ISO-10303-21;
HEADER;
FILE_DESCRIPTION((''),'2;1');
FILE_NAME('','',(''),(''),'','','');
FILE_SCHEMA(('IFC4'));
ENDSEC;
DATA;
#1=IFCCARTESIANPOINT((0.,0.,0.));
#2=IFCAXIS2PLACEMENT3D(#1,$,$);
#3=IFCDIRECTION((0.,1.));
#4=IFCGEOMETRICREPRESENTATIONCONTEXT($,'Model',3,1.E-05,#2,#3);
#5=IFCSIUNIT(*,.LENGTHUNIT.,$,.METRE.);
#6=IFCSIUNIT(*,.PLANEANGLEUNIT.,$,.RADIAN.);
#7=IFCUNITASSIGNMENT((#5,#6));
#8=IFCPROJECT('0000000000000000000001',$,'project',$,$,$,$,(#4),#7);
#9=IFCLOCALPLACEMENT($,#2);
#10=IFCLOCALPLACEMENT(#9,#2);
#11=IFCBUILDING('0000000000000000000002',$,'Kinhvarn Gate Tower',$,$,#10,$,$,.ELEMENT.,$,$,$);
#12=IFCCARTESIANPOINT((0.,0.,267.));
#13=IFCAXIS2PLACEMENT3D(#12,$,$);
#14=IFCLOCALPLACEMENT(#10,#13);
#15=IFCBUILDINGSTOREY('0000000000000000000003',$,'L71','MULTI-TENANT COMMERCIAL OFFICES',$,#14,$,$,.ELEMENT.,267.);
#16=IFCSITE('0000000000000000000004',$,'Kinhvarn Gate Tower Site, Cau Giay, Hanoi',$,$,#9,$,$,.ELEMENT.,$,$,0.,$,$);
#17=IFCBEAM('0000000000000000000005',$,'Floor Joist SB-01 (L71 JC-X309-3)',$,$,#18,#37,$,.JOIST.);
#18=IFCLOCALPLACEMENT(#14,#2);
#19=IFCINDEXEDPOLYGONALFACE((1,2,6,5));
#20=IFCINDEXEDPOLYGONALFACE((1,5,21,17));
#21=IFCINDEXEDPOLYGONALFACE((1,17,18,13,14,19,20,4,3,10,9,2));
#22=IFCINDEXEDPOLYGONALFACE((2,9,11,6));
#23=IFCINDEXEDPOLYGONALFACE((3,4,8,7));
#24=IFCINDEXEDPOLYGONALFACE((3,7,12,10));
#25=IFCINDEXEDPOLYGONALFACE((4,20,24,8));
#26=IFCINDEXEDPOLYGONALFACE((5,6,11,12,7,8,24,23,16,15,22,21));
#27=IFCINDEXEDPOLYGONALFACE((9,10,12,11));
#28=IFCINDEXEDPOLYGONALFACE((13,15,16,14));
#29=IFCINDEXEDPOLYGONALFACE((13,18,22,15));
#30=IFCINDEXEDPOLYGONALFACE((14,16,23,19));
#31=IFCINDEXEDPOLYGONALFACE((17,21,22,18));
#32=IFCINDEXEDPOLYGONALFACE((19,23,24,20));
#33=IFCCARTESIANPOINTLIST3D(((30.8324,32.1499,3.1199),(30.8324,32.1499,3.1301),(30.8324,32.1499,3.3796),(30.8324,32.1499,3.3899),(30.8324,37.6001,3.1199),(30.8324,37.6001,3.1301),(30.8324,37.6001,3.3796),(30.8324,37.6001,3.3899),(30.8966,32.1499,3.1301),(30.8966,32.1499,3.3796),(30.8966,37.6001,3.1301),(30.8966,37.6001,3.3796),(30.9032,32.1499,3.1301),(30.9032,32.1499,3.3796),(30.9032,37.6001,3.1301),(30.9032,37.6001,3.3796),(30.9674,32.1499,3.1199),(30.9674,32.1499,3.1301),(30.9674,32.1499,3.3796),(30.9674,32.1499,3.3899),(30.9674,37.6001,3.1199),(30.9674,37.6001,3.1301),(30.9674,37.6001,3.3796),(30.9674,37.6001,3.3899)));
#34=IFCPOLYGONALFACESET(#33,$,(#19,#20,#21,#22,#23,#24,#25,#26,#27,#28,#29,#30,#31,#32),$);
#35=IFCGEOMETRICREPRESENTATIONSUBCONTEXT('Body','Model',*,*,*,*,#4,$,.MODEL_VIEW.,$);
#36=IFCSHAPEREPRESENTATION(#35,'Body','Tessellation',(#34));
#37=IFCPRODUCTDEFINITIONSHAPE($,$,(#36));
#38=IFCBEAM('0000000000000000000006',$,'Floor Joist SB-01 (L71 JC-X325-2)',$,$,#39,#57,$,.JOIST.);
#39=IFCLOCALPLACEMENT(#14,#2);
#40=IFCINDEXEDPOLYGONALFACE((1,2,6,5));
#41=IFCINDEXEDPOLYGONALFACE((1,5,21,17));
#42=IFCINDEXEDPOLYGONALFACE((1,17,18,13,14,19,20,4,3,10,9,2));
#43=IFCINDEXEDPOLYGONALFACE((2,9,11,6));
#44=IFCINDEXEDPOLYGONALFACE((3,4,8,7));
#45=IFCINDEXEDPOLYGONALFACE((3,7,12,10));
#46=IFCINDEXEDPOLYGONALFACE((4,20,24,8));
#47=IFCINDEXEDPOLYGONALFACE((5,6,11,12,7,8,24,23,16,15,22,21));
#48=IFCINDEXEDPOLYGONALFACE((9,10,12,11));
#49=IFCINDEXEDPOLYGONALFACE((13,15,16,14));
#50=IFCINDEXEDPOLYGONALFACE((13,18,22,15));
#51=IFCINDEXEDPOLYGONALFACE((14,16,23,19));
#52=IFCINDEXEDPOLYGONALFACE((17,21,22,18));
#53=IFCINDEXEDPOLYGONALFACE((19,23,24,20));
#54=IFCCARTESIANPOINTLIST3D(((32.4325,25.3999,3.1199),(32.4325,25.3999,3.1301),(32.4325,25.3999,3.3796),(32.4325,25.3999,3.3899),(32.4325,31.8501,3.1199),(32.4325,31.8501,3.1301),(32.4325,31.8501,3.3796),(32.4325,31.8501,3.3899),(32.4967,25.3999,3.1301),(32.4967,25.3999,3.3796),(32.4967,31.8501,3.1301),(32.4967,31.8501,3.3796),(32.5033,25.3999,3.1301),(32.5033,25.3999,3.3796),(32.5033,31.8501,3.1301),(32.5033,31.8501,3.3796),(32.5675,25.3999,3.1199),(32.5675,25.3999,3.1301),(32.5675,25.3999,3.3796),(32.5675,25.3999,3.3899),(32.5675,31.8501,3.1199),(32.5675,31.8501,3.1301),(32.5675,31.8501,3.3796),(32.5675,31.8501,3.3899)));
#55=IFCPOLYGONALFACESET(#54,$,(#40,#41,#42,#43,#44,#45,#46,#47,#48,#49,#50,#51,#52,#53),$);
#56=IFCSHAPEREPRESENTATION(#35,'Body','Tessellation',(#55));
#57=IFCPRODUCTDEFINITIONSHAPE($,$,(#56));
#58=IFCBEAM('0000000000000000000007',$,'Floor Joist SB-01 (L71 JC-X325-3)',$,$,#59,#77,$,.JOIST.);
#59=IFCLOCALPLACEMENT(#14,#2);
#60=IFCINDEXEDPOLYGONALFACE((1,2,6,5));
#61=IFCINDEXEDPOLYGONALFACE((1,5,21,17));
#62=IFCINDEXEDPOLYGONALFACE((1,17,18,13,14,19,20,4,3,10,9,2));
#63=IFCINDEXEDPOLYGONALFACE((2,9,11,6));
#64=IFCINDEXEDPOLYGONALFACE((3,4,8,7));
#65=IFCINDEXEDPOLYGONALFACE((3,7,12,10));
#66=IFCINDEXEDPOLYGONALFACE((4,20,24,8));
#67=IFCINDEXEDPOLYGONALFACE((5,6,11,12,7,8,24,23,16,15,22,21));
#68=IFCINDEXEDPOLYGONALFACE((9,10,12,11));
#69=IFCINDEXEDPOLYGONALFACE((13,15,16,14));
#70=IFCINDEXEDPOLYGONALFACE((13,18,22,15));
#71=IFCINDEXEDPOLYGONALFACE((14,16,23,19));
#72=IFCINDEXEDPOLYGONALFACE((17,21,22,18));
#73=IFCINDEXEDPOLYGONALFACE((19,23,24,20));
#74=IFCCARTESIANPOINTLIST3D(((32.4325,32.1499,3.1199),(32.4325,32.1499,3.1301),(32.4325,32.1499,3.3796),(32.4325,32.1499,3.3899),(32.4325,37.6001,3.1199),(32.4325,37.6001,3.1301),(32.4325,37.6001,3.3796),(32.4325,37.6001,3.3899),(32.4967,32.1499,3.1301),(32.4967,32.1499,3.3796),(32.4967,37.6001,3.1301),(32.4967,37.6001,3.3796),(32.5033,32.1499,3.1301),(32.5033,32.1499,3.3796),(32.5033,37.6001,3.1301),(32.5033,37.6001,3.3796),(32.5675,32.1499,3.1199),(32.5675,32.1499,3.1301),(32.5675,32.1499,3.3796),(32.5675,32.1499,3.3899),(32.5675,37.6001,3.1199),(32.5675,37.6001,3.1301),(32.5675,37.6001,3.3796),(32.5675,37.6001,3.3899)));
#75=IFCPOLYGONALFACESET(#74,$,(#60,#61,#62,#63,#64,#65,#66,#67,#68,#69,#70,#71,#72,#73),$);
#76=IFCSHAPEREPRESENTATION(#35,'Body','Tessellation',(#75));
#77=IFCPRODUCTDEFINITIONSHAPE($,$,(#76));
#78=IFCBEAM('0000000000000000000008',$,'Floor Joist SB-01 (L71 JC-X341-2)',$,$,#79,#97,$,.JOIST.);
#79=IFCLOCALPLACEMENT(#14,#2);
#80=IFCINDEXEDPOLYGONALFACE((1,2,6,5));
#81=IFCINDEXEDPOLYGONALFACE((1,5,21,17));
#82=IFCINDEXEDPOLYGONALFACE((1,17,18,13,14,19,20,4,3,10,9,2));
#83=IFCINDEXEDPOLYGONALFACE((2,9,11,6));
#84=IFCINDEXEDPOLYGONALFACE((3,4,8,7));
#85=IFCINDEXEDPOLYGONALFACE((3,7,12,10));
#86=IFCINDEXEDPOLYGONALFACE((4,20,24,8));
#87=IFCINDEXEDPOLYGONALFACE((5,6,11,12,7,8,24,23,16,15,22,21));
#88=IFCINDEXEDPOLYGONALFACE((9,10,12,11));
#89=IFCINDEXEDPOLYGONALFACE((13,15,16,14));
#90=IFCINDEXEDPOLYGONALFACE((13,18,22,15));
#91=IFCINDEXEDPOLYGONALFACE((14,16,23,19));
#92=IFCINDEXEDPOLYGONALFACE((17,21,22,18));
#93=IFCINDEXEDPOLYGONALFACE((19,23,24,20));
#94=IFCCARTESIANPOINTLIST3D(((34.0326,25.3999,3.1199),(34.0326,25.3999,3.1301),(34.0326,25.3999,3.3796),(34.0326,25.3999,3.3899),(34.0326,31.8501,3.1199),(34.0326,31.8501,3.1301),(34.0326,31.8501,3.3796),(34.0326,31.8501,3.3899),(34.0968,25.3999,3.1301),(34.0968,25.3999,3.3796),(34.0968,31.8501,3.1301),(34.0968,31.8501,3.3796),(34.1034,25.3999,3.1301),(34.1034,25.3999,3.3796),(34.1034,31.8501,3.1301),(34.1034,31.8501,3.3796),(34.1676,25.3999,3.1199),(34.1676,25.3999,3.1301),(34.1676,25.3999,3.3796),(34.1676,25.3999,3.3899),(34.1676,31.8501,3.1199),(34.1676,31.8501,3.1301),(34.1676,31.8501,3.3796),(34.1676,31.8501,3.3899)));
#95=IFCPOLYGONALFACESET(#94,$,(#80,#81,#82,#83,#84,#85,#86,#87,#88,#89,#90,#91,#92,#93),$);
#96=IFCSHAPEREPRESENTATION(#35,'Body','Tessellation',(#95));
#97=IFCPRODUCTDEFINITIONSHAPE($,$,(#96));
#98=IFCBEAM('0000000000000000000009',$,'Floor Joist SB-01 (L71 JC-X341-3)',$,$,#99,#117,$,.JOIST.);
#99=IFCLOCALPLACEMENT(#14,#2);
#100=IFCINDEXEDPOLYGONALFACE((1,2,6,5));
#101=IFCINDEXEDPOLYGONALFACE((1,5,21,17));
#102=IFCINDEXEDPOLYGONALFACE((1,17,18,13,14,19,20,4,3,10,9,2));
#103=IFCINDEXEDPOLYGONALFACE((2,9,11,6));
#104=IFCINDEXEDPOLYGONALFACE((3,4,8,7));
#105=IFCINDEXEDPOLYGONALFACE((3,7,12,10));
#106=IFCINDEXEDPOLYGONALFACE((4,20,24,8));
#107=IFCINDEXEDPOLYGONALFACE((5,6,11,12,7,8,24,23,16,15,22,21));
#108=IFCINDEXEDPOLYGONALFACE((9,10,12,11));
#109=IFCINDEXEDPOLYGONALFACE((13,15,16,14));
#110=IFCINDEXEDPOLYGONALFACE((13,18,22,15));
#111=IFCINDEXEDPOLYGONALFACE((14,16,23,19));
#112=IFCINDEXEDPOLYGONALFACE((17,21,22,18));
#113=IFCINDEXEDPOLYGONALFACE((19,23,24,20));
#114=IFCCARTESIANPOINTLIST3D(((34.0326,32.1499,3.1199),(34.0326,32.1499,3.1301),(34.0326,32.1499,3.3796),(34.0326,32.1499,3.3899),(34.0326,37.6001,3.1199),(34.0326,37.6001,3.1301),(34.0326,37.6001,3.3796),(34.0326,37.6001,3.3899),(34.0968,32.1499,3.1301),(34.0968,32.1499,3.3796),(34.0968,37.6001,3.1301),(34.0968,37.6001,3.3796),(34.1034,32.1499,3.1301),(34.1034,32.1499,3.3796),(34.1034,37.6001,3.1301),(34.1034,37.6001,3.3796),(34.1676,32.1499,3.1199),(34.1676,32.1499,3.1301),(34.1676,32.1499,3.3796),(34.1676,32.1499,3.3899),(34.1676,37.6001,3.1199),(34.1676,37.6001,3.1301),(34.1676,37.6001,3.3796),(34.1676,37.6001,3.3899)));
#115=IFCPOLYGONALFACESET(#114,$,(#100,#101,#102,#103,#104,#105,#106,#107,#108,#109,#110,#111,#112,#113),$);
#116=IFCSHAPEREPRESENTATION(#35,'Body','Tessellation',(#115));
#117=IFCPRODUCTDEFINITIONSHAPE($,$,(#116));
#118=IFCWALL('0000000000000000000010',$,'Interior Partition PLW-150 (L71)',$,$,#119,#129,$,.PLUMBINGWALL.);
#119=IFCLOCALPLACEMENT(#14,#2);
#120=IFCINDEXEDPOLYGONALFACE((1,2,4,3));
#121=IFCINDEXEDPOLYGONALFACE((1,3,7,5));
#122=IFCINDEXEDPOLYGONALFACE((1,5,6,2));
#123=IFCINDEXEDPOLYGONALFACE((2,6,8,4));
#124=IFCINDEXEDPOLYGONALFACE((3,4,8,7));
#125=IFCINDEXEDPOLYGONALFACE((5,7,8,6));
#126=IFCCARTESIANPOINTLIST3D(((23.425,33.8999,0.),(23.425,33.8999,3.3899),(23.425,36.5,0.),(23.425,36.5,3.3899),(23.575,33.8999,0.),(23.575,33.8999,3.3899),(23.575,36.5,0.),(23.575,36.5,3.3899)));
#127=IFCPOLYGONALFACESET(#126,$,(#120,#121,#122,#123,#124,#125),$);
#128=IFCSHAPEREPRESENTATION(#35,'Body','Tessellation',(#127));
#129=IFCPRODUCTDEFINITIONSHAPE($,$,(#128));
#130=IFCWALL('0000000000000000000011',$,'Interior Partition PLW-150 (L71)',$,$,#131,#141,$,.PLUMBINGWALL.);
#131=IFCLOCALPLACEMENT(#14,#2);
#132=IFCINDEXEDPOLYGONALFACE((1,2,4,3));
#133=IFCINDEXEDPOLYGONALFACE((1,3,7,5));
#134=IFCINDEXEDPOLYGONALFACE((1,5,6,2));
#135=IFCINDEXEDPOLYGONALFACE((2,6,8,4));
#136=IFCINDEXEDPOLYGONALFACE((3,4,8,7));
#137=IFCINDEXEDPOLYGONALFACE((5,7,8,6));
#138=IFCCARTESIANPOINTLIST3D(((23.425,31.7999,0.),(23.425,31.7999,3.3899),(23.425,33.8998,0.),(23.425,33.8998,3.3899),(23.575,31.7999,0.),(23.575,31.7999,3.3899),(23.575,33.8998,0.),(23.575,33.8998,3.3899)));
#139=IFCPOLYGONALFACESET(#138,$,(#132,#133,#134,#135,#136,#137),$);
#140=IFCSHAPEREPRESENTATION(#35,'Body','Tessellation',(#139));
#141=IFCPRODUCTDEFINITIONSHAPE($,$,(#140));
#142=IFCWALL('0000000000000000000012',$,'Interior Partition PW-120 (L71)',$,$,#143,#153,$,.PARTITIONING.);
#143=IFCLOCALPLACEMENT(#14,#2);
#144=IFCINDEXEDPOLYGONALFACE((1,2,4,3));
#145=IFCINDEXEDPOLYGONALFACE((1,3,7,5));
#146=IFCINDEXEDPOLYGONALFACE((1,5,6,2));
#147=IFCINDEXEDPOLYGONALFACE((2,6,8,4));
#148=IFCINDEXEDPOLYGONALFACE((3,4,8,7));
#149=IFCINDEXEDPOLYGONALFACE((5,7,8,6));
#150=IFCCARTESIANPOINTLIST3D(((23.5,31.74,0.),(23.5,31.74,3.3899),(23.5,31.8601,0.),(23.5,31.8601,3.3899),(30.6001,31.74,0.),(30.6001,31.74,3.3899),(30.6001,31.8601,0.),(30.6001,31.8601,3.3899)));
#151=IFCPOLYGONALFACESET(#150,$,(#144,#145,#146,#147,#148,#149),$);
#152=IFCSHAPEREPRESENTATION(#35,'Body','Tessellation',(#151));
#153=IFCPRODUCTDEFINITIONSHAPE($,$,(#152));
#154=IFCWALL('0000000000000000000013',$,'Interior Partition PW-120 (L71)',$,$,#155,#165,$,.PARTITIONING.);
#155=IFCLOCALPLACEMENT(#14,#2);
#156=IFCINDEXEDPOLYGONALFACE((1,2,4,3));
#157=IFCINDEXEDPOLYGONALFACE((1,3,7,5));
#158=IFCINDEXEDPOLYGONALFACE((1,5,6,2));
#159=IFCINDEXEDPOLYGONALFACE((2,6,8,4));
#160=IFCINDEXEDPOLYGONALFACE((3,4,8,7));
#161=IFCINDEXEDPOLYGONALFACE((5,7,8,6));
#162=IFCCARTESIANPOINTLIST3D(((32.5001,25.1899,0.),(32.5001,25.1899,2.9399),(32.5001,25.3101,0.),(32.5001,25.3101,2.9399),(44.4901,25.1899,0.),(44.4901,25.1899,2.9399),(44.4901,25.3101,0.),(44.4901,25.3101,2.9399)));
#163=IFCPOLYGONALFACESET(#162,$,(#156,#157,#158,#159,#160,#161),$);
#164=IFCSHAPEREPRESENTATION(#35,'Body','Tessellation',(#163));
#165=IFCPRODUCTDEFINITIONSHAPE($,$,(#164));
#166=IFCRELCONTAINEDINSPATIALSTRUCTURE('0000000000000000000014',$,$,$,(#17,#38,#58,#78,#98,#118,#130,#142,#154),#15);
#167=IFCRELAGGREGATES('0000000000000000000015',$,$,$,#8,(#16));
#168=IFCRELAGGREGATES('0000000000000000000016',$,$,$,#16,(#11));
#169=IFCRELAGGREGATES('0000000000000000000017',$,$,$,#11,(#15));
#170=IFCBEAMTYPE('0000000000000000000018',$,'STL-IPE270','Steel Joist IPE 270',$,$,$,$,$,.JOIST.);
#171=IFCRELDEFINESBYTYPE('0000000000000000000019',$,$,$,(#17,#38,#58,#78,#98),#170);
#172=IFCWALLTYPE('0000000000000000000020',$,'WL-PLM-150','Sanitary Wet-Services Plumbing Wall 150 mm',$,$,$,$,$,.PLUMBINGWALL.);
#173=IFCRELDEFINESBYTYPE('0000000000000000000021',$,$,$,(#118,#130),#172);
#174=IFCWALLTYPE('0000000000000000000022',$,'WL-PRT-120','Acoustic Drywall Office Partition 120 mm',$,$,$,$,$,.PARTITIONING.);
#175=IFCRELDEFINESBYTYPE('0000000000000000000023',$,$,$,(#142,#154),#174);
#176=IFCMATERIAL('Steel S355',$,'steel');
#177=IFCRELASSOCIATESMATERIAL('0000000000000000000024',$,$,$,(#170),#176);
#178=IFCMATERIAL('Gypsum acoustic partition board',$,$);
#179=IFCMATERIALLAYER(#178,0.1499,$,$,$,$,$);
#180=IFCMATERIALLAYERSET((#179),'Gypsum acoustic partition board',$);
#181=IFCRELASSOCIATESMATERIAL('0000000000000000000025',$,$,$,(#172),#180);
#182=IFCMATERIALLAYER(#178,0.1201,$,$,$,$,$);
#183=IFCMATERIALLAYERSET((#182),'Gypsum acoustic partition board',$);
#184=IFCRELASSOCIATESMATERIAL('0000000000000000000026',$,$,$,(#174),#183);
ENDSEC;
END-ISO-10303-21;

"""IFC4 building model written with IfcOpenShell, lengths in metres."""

from ifc_helpers import new_model, si_unit, direction, frame, frame_2d, origin, origin_2d, place, context, subcontext, project, spatial, rectangle, i_section, extrude, material, layer, layer_set, material_profile, profile_set, type_object, element, save


model = new_model("IFC4")

# Units and contexts
model_context = context("Model", 3, precision=1e-05, world=origin(), true_north=direction((0.0, 1.0)))
body_context = subcontext(model_context, "Body", "Model", "MODEL_VIEW")
ifc_project = project(units=[si_unit("LENGTHUNIT", "METRE"), si_unit("PLANEANGLEUNIT", "RADIAN")], contexts=[model_context])

# Site, building, storey
site_placement = place(None, origin())
site = spatial("IfcSite", under=ifc_project, at=site_placement, Name="Kinhvarn Gate Tower Site, Cau Giay, Hanoi", CompositionType="ELEMENT", RefElevation=0.0)
building_placement = place(site_placement, origin())
building = spatial("IfcBuilding", under=site, at=building_placement, Name="Kinhvarn Gate Tower", CompositionType="ELEMENT")
storey_placement = place(building_placement, frame((0.0, 0.0, 267.0)))
storey = spatial("IfcBuildingStorey", under=building, at=storey_placement, Name="L71", Description="MULTI-TENANT COMMERCIAL OFFICES", CompositionType="ELEMENT", Elevation=267.0)

# Beams
ifc_material_1 = material(Name="Steel S355", Category="steel")
ifc_material_profile = material_profile(ifc_material_1, i_section(OverallWidth=0.135, OverallDepth=0.27, WebThickness=0.0066, FlangeThickness=0.0103, at=origin_2d()), Name="IPE 270")
ifc_profile_set = profile_set([ifc_material_profile], Name="Steel S355")
beam_type = type_object("IfcBeamType", Name="STL-IPE270", Description="Steel Joist IPE 270", PredefinedType="JOIST", material=ifc_profile_set)
beam_1_placement = place(storey_placement, frame((30.8999, 32.1499, 3.2549), z_axis=(0.0, 1.0, 0.0), x_axis=(-1.0, 0.0, 0.0)))
element("IfcBeam", 1, at=beam_1_placement, inside=storey, type_object=beam_type, Name="Floor Joist SB-01 (L71 JC-X309-3)", PredefinedType="JOIST", context=body_context, shape_type="SweptSolid", body=[
    extrude(i_section(OverallWidth=0.135, OverallDepth=0.27, WebThickness=0.0066, FlangeThickness=0.0103, at=origin_2d()), origin(), (0.0, 0.0, 1.0), 5.4502),
])
beam_2_placement = place(storey_placement, frame((32.5, 25.3999, 3.2549), z_axis=(0.0, 1.0, 0.0), x_axis=(-1.0, 0.0, 0.0)))
element("IfcBeam", 2, at=beam_2_placement, inside=storey, type_object=beam_type, Name="Floor Joist SB-01 (L71 JC-X325-2)", PredefinedType="JOIST", context=body_context, shape_type="SweptSolid", body=[
    extrude(i_section(OverallWidth=0.135, OverallDepth=0.27, WebThickness=0.0066, FlangeThickness=0.0103, at=origin_2d()), origin(), (0.0, 0.0, 1.0), 6.4502),
])
beam_3_placement = place(storey_placement, frame((32.5, 32.1499, 3.2549), z_axis=(0.0, 1.0, 0.0), x_axis=(-1.0, 0.0, 0.0)))
element("IfcBeam", 3, at=beam_3_placement, inside=storey, type_object=beam_type, Name="Floor Joist SB-01 (L71 JC-X325-3)", PredefinedType="JOIST", context=body_context, shape_type="SweptSolid", body=[
    extrude(i_section(OverallWidth=0.135, OverallDepth=0.27, WebThickness=0.0066, FlangeThickness=0.0103, at=origin_2d()), origin(), (0.0, 0.0, 1.0), 5.4502),
])
beam_4_placement = place(storey_placement, frame((34.1001, 25.3999, 3.2549), z_axis=(0.0, 1.0, 0.0), x_axis=(-1.0, 0.0, 0.0)))
element("IfcBeam", 4, at=beam_4_placement, inside=storey, type_object=beam_type, Name="Floor Joist SB-01 (L71 JC-X341-2)", PredefinedType="JOIST", context=body_context, shape_type="SweptSolid", body=[
    extrude(i_section(OverallWidth=0.135, OverallDepth=0.27, WebThickness=0.0066, FlangeThickness=0.0103, at=origin_2d()), origin(), (0.0, 0.0, 1.0), 6.4502),
])
beam_5_placement = place(storey_placement, frame((34.1001, 32.1499, 3.2549), z_axis=(0.0, 1.0, 0.0), x_axis=(-1.0, 0.0, 0.0)))
element("IfcBeam", 5, at=beam_5_placement, inside=storey, type_object=beam_type, Name="Floor Joist SB-01 (L71 JC-X341-3)", PredefinedType="JOIST", context=body_context, shape_type="SweptSolid", body=[
    extrude(i_section(OverallWidth=0.135, OverallDepth=0.27, WebThickness=0.0066, FlangeThickness=0.0103, at=origin_2d()), origin(), (0.0, 0.0, 1.0), 5.4502),
])

# Walls
ifc_material_2 = material(Name="Gypsum acoustic partition board")
ifc_layer_1 = layer(ifc_material_2, 0.1499)
ifc_layer_set_1 = layer_set([ifc_layer_1], Name="Gypsum acoustic partition board")
wall_type_1 = type_object("IfcWallType", Name="WL-PLM-150", Description="Sanitary Wet-Services Plumbing Wall 150 mm", PredefinedType="PLUMBINGWALL", material=ifc_layer_set_1)
wall_1_placement = place(storey_placement, frame((23.5, 33.8999, 0.0), z_axis=(0.0, 0.0, 1.0), x_axis=(0.0, 1.0, 0.0)))
element("IfcWall", 6, at=wall_1_placement, inside=storey, type_object=wall_type_1, Name="Interior Partition PLW-150 (L71)", PredefinedType="PLUMBINGWALL", context=body_context, shape_type="SweptSolid", body=[
    extrude(rectangle(XDim=2.6001, YDim=0.1499, at=frame_2d((1.3, 0.0))), origin(), (0.0, 0.0, 1.0), 3.3899),
])
wall_2_placement = place(storey_placement, frame((23.5, 31.8, 0.0), z_axis=(0.0, 0.0, 1.0), x_axis=(0.0, 1.0, 0.0)))
element("IfcWall", 7, at=wall_2_placement, inside=storey, type_object=wall_type_1, Name="Interior Partition PLW-150 (L71)", PredefinedType="PLUMBINGWALL", context=body_context, shape_type="SweptSolid", body=[
    extrude(rectangle(XDim=2.0999, YDim=0.1499, at=frame_2d((1.0498, 0.0))), origin(), (0.0, 0.0, 1.0), 3.3899),
])
ifc_layer_2 = layer(ifc_material_2, 0.1201)
ifc_layer_set_2 = layer_set([ifc_layer_2], Name="Gypsum acoustic partition board")
wall_type_2 = type_object("IfcWallType", Name="WL-PRT-120", Description="Acoustic Drywall Office Partition 120 mm", PredefinedType="PARTITIONING", material=ifc_layer_set_2)
wall_3_placement = place(storey_placement, frame((23.5, 31.8, 0.0), z_axis=(0.0, 0.0, 1.0), x_axis=(1.0, 0.0, 0.0)))
element("IfcWall", 8, at=wall_3_placement, inside=storey, type_object=wall_type_2, Name="Interior Partition PW-120 (L71)", PredefinedType="PARTITIONING", context=body_context, shape_type="SweptSolid", body=[
    extrude(rectangle(XDim=7.1001, YDim=0.1201, at=frame_2d((3.55, 0.0))), origin(), (0.0, 0.0, 1.0), 3.3899),
])
wall_4_placement = place(storey_placement, frame((32.5, 25.25, 0.0), z_axis=(0.0, 0.0, 1.0), x_axis=(1.0, 0.0, 0.0)))
element("IfcWall", 9, at=wall_4_placement, inside=storey, type_object=wall_type_2, Name="Interior Partition PW-120 (L71)", PredefinedType="PARTITIONING", context=body_context, shape_type="SweptSolid", body=[
    extrude(rectangle(XDim=11.99, YDim=0.1201, at=frame_2d((5.9951, 0.0))), origin(), (0.0, 0.0, 1.0), 2.9399),
])

save(model, "model.ifc")
